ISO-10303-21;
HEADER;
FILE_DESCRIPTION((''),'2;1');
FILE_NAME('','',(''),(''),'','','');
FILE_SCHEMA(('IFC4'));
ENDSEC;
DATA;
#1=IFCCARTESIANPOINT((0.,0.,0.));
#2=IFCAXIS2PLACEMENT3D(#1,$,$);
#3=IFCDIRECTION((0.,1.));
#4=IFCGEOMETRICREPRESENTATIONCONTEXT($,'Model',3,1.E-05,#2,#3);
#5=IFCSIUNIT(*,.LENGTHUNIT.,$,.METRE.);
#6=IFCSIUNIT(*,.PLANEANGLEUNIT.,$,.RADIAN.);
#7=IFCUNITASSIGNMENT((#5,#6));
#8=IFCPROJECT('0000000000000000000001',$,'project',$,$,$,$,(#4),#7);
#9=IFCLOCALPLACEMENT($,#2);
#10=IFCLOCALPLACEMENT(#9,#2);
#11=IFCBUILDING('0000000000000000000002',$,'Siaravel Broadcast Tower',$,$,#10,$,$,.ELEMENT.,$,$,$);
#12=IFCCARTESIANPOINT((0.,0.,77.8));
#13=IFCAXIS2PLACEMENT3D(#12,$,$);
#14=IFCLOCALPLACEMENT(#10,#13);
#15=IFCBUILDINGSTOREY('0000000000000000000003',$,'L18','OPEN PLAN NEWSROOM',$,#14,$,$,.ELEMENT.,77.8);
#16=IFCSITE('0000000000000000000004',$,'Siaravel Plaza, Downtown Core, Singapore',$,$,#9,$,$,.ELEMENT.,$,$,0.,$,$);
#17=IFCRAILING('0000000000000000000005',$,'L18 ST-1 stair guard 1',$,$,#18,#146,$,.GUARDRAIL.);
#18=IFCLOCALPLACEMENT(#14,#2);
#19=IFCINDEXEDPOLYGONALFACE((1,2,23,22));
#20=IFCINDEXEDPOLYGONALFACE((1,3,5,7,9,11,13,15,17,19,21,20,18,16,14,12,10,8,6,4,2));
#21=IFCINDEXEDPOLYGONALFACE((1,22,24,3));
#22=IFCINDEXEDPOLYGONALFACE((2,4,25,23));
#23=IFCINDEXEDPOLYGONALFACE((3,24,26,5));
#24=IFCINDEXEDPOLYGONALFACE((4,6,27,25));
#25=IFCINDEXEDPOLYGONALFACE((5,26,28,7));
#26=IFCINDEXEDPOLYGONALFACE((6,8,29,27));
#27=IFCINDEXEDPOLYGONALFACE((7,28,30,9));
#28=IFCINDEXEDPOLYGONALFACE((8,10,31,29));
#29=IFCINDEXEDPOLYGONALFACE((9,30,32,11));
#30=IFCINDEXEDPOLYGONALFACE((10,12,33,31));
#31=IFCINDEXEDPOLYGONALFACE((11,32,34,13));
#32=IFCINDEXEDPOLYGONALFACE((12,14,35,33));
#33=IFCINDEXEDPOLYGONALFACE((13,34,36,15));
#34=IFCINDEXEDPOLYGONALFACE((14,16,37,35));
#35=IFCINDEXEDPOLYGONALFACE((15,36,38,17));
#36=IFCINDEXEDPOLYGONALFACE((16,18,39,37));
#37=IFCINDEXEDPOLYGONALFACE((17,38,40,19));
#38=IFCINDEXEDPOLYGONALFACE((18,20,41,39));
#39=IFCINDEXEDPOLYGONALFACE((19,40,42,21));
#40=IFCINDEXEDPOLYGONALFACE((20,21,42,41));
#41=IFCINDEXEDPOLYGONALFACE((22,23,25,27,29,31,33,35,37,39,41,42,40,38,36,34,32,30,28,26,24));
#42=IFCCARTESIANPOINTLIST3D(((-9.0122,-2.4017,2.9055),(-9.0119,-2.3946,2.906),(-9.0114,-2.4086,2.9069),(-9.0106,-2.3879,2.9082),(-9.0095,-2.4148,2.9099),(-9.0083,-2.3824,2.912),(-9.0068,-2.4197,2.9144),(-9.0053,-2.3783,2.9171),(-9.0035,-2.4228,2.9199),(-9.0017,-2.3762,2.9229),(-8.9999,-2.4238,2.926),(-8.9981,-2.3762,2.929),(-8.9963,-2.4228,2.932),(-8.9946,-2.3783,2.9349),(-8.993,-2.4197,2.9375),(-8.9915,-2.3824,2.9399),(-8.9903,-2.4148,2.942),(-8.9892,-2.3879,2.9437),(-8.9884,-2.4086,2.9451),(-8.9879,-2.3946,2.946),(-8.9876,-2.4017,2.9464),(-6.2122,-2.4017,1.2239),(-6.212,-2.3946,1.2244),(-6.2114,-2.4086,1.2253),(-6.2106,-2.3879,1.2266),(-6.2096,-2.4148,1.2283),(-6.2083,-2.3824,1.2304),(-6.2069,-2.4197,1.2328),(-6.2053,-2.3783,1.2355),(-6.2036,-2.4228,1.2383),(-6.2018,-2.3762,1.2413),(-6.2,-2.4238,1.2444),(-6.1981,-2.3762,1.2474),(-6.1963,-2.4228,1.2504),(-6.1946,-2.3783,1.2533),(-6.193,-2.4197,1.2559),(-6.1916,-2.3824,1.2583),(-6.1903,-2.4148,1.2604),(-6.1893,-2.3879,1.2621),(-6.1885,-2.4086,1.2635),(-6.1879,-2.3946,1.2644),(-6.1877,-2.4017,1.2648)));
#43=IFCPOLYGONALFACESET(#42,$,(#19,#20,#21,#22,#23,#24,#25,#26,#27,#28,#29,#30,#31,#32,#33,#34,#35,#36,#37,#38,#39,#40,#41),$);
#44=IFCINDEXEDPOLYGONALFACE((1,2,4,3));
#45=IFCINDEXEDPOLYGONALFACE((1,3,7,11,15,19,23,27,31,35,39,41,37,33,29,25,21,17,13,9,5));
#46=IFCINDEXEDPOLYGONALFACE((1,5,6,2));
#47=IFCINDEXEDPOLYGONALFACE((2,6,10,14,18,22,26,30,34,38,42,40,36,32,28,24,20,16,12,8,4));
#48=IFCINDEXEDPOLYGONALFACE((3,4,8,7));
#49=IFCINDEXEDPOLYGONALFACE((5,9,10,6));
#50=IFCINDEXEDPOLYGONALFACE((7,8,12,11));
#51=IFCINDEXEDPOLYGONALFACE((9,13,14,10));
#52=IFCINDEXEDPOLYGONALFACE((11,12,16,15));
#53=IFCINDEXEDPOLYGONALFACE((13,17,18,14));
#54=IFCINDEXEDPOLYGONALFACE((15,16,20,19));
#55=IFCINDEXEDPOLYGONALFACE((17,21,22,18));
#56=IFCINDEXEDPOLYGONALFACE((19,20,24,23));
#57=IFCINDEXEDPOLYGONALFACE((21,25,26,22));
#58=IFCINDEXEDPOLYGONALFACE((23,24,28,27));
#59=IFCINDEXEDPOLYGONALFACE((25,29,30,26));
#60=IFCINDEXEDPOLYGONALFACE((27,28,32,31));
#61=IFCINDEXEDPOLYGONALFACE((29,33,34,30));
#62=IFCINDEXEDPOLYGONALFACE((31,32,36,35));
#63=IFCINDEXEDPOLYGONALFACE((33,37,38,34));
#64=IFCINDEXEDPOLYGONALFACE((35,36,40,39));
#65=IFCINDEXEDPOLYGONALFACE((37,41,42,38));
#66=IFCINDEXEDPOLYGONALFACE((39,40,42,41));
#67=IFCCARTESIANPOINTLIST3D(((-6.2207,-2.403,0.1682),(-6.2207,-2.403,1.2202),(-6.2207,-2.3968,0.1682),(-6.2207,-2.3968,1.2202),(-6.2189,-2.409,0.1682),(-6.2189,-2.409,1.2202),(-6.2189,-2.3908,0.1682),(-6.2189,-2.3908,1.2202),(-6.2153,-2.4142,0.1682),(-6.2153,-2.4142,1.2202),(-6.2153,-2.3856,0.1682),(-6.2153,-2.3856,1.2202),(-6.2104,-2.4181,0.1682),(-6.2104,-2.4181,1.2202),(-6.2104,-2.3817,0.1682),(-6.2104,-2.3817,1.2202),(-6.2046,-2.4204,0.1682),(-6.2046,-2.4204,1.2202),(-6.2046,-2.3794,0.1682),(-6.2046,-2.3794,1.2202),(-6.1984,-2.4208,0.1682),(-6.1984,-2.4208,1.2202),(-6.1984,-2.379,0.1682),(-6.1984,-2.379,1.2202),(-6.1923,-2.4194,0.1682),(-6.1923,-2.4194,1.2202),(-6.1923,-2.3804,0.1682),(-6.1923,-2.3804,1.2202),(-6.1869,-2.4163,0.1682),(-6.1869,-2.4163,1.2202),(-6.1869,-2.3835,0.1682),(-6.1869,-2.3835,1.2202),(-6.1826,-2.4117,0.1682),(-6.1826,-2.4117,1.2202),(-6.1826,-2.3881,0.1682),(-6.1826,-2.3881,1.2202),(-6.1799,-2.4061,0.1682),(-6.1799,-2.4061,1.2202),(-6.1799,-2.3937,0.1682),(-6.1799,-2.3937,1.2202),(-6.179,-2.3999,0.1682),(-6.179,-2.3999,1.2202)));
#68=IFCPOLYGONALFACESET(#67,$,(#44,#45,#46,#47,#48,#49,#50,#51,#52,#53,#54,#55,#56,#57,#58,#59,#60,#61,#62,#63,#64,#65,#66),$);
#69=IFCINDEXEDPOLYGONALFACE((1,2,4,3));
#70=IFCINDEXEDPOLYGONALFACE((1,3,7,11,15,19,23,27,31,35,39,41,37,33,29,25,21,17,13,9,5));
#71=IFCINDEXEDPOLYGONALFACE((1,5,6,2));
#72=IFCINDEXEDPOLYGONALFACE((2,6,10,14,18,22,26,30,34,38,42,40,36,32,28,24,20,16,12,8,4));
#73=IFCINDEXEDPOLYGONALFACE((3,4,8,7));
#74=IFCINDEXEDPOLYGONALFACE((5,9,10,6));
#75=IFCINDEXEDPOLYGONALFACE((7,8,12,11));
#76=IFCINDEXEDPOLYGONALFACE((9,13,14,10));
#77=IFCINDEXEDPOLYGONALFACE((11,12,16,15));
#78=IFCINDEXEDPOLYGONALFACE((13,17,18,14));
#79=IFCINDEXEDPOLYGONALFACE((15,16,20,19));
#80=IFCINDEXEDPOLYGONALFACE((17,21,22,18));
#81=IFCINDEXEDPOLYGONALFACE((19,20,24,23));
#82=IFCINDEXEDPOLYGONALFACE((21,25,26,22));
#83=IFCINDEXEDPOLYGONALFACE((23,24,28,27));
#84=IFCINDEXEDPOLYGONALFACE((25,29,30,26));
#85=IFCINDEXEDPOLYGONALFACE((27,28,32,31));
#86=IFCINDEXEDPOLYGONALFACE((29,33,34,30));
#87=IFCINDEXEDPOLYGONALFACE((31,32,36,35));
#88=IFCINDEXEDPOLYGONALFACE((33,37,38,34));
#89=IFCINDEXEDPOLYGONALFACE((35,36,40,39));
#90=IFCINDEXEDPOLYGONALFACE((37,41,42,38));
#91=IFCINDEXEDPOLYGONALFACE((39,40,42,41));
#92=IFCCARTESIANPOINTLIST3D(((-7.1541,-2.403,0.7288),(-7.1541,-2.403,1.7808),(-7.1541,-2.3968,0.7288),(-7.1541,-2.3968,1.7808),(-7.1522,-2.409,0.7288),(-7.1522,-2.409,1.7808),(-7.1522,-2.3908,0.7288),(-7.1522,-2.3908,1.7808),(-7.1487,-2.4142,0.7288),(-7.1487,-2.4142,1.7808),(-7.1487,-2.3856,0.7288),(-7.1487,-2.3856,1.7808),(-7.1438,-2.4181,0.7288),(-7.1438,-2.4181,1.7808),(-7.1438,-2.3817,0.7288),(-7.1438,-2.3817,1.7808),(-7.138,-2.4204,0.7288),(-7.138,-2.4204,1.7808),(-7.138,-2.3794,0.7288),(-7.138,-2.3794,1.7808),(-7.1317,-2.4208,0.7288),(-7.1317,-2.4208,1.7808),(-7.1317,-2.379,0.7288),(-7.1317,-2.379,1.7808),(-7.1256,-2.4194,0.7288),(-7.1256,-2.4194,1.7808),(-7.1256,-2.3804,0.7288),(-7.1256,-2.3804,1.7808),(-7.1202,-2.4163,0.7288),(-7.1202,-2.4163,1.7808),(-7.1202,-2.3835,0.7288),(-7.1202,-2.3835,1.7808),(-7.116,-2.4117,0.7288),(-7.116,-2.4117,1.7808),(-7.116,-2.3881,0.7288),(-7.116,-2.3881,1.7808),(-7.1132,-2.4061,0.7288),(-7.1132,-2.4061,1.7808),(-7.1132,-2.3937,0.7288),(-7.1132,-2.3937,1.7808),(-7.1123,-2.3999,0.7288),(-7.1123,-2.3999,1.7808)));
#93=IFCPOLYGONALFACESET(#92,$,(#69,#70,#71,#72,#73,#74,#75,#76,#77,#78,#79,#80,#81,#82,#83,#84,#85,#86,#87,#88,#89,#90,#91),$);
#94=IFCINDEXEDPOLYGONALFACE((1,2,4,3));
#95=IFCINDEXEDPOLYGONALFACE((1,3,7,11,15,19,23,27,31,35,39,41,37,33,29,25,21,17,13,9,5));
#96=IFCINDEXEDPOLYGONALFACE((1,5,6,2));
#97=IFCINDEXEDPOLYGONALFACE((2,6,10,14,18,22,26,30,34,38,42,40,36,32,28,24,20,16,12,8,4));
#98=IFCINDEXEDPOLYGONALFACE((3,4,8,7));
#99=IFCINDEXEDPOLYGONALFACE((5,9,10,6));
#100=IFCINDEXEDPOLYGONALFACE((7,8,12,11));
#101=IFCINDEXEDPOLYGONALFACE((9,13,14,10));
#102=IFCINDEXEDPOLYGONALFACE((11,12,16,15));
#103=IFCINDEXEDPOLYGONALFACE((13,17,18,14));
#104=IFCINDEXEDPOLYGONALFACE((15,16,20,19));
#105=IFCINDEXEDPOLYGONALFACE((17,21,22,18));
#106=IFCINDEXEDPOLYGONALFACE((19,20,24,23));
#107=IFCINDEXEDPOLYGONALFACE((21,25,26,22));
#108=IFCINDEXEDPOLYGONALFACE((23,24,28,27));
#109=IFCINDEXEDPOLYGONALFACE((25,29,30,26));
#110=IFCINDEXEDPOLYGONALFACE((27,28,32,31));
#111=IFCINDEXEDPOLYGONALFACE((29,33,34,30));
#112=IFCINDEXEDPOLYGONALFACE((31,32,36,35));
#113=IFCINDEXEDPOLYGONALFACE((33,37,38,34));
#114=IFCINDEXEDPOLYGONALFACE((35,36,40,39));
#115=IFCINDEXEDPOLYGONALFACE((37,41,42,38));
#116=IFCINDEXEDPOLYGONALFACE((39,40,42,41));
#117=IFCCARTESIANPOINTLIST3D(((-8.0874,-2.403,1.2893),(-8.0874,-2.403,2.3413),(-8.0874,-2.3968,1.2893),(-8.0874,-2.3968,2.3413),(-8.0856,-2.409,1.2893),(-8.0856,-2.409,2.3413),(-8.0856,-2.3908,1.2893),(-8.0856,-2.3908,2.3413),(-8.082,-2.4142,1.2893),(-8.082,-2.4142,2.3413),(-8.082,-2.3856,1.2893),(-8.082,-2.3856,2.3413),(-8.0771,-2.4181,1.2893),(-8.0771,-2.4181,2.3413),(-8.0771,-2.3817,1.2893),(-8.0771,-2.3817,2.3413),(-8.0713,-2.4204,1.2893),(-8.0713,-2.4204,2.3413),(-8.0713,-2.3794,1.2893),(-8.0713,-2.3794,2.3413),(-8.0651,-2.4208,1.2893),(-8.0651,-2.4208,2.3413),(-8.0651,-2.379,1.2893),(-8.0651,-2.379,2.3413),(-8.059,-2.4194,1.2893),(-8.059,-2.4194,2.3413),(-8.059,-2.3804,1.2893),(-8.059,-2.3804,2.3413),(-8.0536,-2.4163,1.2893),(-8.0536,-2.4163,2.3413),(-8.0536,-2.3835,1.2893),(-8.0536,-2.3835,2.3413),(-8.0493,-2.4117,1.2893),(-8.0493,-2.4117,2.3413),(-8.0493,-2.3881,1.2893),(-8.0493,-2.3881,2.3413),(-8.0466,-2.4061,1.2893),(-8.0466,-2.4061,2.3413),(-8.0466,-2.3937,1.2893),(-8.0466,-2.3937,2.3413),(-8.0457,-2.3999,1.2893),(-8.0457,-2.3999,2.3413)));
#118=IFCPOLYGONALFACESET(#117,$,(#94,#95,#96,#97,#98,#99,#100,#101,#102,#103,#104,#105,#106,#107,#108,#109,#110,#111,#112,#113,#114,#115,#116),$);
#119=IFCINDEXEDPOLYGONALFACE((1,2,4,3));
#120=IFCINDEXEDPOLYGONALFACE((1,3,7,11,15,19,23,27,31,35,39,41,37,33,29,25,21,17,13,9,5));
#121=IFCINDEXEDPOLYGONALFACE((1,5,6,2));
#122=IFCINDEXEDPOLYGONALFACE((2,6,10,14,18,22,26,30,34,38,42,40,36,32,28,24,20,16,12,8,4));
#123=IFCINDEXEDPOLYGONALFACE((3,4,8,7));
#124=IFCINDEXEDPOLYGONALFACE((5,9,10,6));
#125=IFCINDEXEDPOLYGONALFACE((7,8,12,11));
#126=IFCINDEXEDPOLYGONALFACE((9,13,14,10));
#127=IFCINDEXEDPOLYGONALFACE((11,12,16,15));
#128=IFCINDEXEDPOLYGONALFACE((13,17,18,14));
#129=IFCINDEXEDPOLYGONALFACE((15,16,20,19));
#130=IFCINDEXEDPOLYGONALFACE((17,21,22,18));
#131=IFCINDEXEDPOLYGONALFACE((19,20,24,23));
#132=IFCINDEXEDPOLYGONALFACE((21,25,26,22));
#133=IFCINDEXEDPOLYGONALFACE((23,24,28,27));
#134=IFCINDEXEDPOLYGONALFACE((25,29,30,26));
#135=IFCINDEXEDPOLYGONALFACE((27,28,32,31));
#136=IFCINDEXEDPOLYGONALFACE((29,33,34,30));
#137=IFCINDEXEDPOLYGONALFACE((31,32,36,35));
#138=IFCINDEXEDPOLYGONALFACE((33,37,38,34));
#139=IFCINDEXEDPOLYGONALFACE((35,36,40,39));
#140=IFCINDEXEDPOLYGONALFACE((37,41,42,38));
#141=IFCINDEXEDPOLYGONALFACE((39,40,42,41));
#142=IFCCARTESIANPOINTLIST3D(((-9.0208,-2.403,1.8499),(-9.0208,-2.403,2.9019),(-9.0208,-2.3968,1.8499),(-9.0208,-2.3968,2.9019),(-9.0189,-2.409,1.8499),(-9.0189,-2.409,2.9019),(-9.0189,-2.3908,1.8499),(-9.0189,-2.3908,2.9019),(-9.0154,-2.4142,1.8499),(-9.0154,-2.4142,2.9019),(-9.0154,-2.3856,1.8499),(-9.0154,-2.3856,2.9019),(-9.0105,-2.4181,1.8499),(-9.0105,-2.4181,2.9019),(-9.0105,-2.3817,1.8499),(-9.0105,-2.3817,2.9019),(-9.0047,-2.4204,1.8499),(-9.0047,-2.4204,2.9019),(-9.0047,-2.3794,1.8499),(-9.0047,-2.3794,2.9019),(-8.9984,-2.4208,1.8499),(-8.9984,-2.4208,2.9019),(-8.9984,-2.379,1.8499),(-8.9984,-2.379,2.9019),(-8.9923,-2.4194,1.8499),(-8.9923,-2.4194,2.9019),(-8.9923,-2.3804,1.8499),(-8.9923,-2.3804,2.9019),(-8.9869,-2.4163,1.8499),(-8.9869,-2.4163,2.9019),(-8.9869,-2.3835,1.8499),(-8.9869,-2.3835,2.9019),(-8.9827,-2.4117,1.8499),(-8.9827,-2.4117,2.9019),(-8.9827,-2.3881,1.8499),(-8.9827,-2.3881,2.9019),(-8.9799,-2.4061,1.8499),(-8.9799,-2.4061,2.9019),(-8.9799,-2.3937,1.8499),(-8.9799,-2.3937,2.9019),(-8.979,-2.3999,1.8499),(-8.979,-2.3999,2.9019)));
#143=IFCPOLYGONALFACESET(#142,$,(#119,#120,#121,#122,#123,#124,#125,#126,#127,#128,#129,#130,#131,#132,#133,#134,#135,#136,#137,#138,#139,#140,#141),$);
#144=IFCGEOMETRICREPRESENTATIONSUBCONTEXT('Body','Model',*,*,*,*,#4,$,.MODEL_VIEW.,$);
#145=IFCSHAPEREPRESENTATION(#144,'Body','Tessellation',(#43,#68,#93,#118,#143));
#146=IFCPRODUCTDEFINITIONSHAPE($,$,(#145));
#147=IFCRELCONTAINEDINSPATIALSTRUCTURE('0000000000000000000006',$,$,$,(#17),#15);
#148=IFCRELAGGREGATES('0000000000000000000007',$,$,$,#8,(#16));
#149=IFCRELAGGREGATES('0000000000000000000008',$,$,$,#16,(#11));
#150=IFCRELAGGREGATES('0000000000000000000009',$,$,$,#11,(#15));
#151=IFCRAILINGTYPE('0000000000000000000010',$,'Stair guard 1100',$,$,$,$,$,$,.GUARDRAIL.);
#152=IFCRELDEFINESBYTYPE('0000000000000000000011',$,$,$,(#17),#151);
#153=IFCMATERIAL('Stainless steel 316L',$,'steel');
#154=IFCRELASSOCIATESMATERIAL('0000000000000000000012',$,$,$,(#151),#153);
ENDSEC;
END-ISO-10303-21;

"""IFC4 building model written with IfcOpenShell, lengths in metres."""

from ifc_helpers import new_model, si_unit, direction, frame, origin, origin_2d, place, context, subcontext, project, spatial, circle, extrude, material, type_object, element, save


model = new_model("IFC4")

# Units and contexts
model_context = context("Model", 3, precision=1e-05, world=origin(), true_north=direction((0.0, 1.0)))
body_context = subcontext(model_context, "Body", "Model", "MODEL_VIEW")
ifc_project = project(units=[si_unit("LENGTHUNIT", "METRE"), si_unit("PLANEANGLEUNIT", "RADIAN")], contexts=[model_context])

# Site, building, storey
site_placement = place(None, origin())
site = spatial("IfcSite", under=ifc_project, at=site_placement, Name="Siaravel Plaza, Downtown Core, Singapore", CompositionType="ELEMENT", RefElevation=0.0)
building_placement = place(site_placement, origin())
building = spatial("IfcBuilding", under=site, at=building_placement, Name="Siaravel Broadcast Tower", CompositionType="ELEMENT")
storey_placement = place(building_placement, frame((0.0, 0.0, 77.8)))
storey = spatial("IfcBuildingStorey", under=building, at=storey_placement, Name="L18", Description="OPEN PLAN NEWSROOM", CompositionType="ELEMENT", Elevation=77.8)

# Railing
ifc_material_1 = material(Name="Stainless steel 316L", Category="steel")
railing_type_1 = type_object("IfcRailingType", Name="Stair guard 1100", PredefinedType="GUARDRAIL", material=ifc_material_1)
railing_1_placement = place(storey_placement, frame((-6.2, -2.3999, 0.1682)))
element("IfcRailing", 1, at=railing_1_placement, inside=storey, type_object=railing_type_1, Name="L18 ST-1 stair guard 1", PredefinedType="GUARDRAIL", context=body_context, shape_type="SweptSolid", body=[
    extrude(circle(Radius=0.0239, at=origin_2d()), frame((0.0, 0.0, 1.0762), z_axis=(-0.857275, 0.0, 0.514858), x_axis=(0.0, -1.0, 0.0)), (0.0, 0.0, 1.0), 3.2661),
    extrude(circle(Radius=0.021, at=origin_2d()), origin(), (0.0, 0.0, 1.0), 1.052),
    extrude(circle(Radius=0.021, at=origin_2d()), frame((-0.9333, 0.0, 0.5605)), (0.0, 0.0, 1.0), 1.052),
    extrude(circle(Radius=0.021, at=origin_2d()), frame((-1.8667, 0.0, 1.1211)), (0.0, 0.0, 1.0), 1.052),
    extrude(circle(Radius=0.021, at=origin_2d()), frame((-2.8, 0.0, 1.6816)), (0.0, 0.0, 1.0), 1.052),
])

save(model, "model.ifc")
